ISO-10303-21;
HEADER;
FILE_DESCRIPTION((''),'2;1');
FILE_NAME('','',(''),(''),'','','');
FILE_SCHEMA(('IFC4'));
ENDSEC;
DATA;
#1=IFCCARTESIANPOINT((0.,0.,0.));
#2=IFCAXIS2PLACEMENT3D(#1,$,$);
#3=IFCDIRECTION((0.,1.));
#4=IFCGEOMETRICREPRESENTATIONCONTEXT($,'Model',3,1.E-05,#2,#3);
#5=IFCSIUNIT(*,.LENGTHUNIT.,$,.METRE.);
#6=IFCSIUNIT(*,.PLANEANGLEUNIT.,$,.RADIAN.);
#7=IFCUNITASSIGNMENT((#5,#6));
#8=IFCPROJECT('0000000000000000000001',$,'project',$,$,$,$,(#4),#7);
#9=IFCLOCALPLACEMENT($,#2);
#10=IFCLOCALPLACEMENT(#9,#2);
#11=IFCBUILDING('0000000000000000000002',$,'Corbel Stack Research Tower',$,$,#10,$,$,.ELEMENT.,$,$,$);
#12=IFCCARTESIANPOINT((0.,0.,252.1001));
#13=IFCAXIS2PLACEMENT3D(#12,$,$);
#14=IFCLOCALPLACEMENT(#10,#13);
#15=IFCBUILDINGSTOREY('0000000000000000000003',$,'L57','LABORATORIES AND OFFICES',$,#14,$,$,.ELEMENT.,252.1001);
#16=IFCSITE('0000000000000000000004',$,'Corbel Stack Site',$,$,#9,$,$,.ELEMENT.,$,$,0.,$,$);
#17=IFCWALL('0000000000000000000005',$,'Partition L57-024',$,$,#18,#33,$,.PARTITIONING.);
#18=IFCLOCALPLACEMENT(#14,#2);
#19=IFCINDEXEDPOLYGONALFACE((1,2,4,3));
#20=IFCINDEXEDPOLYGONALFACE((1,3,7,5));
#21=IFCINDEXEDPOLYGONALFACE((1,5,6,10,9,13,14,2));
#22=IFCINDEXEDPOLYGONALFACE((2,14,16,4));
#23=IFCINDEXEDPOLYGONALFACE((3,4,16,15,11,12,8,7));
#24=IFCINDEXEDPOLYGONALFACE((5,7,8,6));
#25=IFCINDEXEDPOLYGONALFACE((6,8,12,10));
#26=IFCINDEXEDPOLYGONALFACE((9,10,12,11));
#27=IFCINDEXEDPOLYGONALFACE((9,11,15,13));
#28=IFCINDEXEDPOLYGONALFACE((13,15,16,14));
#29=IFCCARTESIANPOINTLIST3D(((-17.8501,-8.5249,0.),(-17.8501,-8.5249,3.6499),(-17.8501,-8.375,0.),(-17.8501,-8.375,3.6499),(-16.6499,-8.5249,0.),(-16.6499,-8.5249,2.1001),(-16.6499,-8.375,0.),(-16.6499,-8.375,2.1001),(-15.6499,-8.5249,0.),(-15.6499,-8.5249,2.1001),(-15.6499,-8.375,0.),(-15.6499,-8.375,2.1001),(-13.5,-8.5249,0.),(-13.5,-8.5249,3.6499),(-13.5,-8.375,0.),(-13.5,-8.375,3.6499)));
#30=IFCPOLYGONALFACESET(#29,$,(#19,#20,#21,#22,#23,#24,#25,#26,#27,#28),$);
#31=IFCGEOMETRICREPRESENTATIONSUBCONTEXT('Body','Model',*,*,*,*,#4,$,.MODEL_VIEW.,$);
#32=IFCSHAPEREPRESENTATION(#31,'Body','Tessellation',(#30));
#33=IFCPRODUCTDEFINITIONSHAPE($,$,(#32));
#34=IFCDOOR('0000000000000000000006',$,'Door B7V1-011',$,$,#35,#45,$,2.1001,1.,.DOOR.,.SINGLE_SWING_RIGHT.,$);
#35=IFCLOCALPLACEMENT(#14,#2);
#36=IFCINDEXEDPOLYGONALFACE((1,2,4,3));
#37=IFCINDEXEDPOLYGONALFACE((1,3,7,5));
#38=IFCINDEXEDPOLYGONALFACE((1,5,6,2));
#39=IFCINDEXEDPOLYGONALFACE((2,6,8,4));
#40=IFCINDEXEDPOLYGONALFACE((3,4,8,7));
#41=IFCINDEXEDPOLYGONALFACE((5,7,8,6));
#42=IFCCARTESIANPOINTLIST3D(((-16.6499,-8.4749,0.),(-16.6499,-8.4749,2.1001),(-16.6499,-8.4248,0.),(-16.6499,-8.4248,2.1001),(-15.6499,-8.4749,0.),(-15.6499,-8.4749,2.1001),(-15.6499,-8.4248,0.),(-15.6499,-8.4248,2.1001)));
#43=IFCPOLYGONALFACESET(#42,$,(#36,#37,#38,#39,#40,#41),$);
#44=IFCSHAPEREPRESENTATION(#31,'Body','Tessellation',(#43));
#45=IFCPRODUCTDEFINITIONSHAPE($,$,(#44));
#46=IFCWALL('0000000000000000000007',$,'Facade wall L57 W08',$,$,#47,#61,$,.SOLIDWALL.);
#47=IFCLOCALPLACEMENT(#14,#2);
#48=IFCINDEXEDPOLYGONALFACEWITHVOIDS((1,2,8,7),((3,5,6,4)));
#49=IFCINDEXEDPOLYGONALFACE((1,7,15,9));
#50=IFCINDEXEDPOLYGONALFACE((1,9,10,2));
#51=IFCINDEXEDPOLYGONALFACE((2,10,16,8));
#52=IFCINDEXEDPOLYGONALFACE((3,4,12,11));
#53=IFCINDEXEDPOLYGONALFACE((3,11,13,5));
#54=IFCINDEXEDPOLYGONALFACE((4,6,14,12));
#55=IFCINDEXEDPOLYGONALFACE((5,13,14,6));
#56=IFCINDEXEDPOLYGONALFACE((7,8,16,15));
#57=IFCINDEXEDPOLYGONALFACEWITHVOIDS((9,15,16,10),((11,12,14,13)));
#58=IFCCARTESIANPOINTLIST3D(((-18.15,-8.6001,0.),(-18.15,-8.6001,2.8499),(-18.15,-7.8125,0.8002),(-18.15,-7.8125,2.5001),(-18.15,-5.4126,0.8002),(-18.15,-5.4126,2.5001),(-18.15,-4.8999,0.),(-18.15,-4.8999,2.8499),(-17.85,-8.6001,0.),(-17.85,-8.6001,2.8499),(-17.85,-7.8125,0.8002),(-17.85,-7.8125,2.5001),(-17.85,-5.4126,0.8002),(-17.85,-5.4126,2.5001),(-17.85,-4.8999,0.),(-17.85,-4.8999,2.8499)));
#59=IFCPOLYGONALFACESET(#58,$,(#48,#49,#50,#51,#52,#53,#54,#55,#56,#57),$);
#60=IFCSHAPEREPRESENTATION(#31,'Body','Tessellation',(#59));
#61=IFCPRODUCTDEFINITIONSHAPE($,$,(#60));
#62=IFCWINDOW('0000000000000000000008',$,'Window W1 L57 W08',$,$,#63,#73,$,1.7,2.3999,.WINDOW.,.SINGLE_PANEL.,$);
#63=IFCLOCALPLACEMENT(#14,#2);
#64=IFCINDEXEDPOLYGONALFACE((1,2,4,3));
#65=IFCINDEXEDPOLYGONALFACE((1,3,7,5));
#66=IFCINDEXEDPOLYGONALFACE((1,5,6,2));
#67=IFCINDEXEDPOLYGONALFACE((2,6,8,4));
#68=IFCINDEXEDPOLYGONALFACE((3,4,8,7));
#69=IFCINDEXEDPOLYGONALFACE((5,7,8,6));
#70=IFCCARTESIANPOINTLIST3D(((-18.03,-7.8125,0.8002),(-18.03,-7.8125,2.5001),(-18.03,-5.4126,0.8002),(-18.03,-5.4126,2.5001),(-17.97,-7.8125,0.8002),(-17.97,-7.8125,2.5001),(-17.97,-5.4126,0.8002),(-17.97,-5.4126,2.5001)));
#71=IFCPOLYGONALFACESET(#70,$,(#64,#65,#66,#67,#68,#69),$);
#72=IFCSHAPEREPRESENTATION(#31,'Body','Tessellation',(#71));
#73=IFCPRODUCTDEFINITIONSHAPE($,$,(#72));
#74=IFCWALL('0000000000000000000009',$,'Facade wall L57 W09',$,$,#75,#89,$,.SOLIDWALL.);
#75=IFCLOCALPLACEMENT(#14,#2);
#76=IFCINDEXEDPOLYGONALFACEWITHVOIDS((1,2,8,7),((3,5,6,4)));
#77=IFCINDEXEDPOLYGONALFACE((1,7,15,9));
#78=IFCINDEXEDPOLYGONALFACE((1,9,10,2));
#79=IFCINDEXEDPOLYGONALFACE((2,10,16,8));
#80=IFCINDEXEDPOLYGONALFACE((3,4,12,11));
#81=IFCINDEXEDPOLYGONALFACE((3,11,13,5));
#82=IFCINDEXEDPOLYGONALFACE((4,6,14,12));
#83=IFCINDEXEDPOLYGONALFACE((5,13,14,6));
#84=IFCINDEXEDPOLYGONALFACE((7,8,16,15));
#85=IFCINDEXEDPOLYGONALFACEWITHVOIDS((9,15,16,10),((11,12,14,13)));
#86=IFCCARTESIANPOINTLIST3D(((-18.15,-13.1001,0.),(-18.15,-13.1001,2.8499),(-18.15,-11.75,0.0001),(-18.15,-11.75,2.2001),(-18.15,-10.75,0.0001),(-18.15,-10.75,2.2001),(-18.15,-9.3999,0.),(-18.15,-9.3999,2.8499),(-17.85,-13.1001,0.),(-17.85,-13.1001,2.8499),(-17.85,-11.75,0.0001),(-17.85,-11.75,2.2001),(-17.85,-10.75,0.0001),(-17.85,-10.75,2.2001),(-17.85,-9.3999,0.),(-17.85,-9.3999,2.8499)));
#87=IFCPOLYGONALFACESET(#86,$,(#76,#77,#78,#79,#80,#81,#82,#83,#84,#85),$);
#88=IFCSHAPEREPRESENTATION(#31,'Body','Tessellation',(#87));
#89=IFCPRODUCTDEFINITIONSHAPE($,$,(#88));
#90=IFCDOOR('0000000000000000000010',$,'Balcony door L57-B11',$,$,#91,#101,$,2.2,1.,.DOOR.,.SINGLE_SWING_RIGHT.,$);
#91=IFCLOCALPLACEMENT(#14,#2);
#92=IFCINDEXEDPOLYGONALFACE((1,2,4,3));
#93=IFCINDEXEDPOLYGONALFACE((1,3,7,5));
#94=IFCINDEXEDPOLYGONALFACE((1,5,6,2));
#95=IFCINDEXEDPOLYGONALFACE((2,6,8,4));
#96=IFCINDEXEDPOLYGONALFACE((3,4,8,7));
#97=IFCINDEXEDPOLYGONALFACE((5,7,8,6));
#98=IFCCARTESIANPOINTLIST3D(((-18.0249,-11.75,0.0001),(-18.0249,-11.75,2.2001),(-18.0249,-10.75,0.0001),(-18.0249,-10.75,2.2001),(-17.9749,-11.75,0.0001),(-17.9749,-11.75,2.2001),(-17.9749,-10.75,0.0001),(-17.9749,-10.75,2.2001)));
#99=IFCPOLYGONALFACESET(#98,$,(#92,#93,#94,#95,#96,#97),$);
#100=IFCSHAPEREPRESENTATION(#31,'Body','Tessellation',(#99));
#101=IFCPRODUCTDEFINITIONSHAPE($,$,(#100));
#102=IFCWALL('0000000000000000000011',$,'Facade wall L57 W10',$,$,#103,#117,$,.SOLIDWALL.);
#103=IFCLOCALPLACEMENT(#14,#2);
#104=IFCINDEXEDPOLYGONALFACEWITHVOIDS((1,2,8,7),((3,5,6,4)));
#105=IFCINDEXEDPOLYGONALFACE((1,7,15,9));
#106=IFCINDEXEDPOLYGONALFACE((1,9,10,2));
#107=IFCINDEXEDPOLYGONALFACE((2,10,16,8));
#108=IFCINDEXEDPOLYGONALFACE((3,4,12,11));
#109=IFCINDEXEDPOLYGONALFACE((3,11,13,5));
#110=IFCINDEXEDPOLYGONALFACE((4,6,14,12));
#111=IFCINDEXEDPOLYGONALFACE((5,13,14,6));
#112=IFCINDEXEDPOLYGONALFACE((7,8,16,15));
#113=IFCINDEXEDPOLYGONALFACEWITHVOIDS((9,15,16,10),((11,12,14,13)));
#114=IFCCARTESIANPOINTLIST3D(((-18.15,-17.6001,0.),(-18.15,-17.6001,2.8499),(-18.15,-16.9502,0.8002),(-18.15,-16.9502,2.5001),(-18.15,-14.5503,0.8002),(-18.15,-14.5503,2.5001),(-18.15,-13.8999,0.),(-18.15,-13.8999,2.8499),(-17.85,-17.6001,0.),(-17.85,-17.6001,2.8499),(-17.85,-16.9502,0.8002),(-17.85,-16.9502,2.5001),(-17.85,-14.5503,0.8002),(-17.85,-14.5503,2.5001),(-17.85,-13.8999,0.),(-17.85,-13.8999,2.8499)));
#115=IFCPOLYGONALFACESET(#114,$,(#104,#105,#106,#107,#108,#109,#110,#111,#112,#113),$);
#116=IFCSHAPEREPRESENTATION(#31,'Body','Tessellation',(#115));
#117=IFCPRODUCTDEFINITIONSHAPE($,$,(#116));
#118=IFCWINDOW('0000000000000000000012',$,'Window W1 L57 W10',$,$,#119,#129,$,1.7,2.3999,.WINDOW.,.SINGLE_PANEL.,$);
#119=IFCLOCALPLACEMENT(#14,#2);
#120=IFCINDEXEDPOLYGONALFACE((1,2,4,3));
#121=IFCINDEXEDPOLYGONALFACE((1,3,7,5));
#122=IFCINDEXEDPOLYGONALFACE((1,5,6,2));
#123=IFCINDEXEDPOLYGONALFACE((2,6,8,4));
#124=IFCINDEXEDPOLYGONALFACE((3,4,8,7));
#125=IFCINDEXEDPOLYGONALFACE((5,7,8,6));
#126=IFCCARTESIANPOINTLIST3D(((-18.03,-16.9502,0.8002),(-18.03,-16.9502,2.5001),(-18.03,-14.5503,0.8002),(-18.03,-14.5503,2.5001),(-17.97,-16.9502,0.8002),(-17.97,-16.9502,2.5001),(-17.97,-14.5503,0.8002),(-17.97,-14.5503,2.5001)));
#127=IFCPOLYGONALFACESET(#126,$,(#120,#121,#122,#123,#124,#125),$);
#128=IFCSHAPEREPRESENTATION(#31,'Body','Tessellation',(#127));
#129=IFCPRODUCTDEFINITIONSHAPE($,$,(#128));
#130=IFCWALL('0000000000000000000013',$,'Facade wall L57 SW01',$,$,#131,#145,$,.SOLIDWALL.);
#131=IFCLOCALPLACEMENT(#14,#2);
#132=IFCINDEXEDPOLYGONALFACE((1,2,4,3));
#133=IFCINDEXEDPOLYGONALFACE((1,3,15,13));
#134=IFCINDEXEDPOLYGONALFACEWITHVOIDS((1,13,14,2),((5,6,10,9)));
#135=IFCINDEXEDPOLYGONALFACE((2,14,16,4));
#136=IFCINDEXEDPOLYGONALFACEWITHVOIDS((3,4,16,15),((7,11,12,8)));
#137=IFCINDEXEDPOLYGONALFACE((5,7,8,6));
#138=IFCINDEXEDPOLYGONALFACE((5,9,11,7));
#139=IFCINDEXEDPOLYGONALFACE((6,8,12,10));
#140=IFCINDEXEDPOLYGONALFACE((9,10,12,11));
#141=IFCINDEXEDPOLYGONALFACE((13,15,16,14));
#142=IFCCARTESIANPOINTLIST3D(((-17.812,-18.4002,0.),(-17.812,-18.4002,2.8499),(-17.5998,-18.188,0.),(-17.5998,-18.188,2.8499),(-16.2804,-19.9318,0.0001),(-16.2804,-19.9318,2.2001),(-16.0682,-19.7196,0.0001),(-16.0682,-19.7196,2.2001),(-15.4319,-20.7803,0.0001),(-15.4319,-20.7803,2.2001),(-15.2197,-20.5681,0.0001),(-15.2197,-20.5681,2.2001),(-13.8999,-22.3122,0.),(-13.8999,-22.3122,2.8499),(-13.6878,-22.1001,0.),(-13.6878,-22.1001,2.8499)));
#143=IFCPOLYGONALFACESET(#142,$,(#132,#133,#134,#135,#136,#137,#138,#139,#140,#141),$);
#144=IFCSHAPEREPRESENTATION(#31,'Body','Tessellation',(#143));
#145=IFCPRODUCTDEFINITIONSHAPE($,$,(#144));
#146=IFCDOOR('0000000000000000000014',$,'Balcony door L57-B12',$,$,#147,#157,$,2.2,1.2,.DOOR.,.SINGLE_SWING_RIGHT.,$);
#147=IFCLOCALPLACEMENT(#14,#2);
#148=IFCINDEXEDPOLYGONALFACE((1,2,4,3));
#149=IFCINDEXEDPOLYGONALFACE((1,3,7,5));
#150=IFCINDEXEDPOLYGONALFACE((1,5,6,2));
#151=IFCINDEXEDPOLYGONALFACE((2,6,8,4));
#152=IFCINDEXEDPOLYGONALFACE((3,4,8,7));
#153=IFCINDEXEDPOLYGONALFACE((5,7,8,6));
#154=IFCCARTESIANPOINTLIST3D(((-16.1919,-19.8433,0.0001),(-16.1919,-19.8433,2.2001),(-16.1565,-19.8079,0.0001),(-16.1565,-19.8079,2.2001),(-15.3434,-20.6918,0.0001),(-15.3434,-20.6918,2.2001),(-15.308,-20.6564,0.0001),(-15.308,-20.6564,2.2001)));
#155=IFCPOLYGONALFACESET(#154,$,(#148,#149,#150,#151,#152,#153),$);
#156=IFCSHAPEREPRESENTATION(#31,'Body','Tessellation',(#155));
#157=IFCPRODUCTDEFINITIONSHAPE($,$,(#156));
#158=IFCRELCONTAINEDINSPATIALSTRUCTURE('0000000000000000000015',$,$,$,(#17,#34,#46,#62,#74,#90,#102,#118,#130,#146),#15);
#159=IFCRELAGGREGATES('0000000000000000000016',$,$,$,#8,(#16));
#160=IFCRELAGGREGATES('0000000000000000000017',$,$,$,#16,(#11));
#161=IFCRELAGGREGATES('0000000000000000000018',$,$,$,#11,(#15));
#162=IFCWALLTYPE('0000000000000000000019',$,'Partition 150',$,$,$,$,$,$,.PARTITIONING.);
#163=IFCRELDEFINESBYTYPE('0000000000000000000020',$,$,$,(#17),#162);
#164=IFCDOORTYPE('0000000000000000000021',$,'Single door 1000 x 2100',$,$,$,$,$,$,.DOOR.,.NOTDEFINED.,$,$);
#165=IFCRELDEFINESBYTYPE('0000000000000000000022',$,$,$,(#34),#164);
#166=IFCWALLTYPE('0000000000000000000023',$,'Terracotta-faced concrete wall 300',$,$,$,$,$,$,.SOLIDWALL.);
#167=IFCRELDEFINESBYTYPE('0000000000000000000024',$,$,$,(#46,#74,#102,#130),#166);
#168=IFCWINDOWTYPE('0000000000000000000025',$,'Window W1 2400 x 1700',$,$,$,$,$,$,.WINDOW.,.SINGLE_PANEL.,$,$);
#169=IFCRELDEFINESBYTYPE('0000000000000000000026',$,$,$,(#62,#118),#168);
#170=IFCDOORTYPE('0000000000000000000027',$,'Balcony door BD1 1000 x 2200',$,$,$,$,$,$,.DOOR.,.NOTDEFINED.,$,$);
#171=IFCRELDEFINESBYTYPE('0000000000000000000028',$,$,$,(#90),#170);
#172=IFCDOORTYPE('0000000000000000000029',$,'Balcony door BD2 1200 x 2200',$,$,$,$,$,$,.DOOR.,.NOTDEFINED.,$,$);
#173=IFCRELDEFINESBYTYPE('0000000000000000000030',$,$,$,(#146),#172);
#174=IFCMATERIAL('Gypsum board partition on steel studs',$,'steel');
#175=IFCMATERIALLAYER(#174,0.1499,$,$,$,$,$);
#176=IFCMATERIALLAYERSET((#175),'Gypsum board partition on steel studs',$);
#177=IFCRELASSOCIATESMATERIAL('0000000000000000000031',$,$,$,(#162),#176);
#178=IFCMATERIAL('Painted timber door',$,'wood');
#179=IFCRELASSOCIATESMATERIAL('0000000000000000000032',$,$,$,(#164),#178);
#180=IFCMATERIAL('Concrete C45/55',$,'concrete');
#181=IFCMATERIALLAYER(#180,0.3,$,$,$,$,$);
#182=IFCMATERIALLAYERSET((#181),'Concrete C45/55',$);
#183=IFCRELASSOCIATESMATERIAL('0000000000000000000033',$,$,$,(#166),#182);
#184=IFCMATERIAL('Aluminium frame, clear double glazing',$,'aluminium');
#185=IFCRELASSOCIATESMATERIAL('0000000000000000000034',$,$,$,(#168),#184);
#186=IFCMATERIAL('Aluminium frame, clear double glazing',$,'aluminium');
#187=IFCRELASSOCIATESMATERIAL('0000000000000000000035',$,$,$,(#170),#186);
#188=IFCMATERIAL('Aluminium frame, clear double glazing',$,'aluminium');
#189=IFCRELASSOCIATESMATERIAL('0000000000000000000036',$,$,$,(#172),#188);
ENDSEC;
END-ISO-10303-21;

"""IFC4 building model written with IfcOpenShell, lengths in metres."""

from ifc_helpers import new_model, si_unit, direction, frame, frame_2d, origin, place, context, subcontext, project, spatial, rectangle, extrude, material, layer, layer_set, type_object, element, fill, save


model = new_model("IFC4")

# Units and contexts
model_context = context("Model", 3, precision=1e-05, world=origin(), true_north=direction((0.0, 1.0)))
body_context = subcontext(model_context, "Body", "Model", "MODEL_VIEW")
ifc_project = project(units=[si_unit("LENGTHUNIT", "METRE"), si_unit("PLANEANGLEUNIT", "RADIAN")], contexts=[model_context])

# Site, building, storey
site_placement = place(None, origin())
site = spatial("IfcSite", under=ifc_project, at=site_placement, Name="Corbel Stack Site", CompositionType="ELEMENT", RefElevation=0.0)
building_placement = place(site_placement, origin())
building = spatial("IfcBuilding", under=site, at=building_placement, Name="Corbel Stack Research Tower", CompositionType="ELEMENT")
storey_placement = place(building_placement, frame((0.0, 0.0, 252.1001)))
storey = spatial("IfcBuildingStorey", under=building, at=storey_placement, Name="L57", Description="LABORATORIES AND OFFICES", CompositionType="ELEMENT", Elevation=252.1001)

# Wall, opening, door
ifc_material_1 = material(Name="Gypsum board partition on steel studs", Category="steel")
ifc_layer_1 = layer(ifc_material_1, 0.1499)
ifc_layer_set_1 = layer_set([ifc_layer_1], Name="Gypsum board partition on steel studs")
wall_type_1 = type_object("IfcWallType", Name="Partition 150", PredefinedType="PARTITIONING", material=ifc_layer_set_1)
wall_1_placement = place(storey_placement, frame((-13.5, -8.45, 0.0), z_axis=(0.0, 0.0, 1.0), x_axis=(-1.0, 0.0, 0.0)))
wall_1 = element("IfcWall", 1, at=wall_1_placement, inside=storey, type_object=wall_type_1, Name="Partition L57-024", PredefinedType="PARTITIONING", context=body_context, shape_type="SweptSolid", body=[
    extrude(rectangle(XDim=4.3501, YDim=0.1499, at=frame_2d((2.175, 0.0))), origin(), (0.0, 0.0, 1.0), 3.6499),
])
opening_1_placement = place(wall_1_placement, frame((2.1499, 0.0, 0.0)))
opening_1 = element("IfcOpeningElement", 2, at=opening_1_placement, cuts=wall_1, PredefinedType="OPENING", context=body_context, shape_type="SweptSolid", body=[
    extrude(rectangle(XDim=1.0, YDim=2.1001, at=frame_2d((0.5, 1.05))), frame((0.0, 0.085, 0.0), z_axis=(0.0, -1.0, 0.0), x_axis=(1.0, 0.0, 0.0)), (0.0, 0.0, 1.0), 0.1699),
])
ifc_material_2 = material(Name="Painted timber door", Category="wood")
door_type_1 = type_object("IfcDoorType", Name="Single door 1000 x 2100", OperationType="NOTDEFINED", PredefinedType="DOOR", material=ifc_material_2)
door_1_placement = place(opening_1_placement, origin())
door_1 = element("IfcDoor", 3, at=door_1_placement, inside=storey, type_object=door_type_1, Name="Door B7V1-011", OperationType="SINGLE_SWING_RIGHT", OverallHeight=2.1001, OverallWidth=1.0, PredefinedType="DOOR", context=body_context, shape_type="SweptSolid", body=[
    extrude(rectangle(XDim=1.0, YDim=2.1001, at=frame_2d((0.5, 1.05))), frame((0.0, 0.0249, 0.0), z_axis=(0.0, -1.0, 0.0), x_axis=(1.0, 0.0, 0.0)), (0.0, 0.0, 1.0), 0.05),
])
fill(opening_1, door_1)

# Wall, opening, window
ifc_material_3 = material(Name="Concrete C45/55", Category="concrete")
ifc_layer_2 = layer(ifc_material_3, 0.3)
ifc_layer_set_2 = layer_set([ifc_layer_2], Name="Concrete C45/55")
wall_type_2 = type_object("IfcWallType", Name="Terracotta-faced concrete wall 300", PredefinedType="SOLIDWALL", material=ifc_layer_set_2)
wall_2_placement = place(storey_placement, frame((-18.0, -8.6001, 0.0), z_axis=(0.0, 0.0, 1.0), x_axis=(0.0, 1.0, 0.0)))
wall_2 = element("IfcWall", 4, at=wall_2_placement, inside=storey, type_object=wall_type_2, Name="Facade wall L57 W08", PredefinedType="SOLIDWALL", context=body_context, shape_type="SweptSolid", body=[
    extrude(rectangle(XDim=3.7002, YDim=0.3, at=frame_2d((1.8501, 0.0))), origin(), (0.0, 0.0, 1.0), 2.8499),
])
opening_2_placement = place(wall_2_placement, frame((0.7876, 0.0, 0.8)))
opening_2 = element("IfcOpeningElement", 5, at=opening_2_placement, cuts=wall_2, PredefinedType="OPENING", context=body_context, shape_type="SweptSolid", body=[
    extrude(rectangle(XDim=2.3999, YDim=1.7, at=frame_2d((1.2, 0.8501))), frame((0.0, 0.1599, 0.0), z_axis=(0.0, -1.0, 0.0), x_axis=(1.0, 0.0, 0.0)), (0.0, 0.0, 1.0), 0.3201),
])
ifc_material_4 = material(Name="Aluminium frame, clear double glazing", Category="aluminium")
window_type = type_object("IfcWindowType", Name="Window W1 2400 x 1700", PartitioningType="SINGLE_PANEL", PredefinedType="WINDOW", material=ifc_material_4)
window_1_placement = place(opening_2_placement, origin())
window_1 = element("IfcWindow", 6, at=window_1_placement, inside=storey, type_object=window_type, Name="Window W1 L57 W08", OverallHeight=1.7, OverallWidth=2.3999, PartitioningType="SINGLE_PANEL", PredefinedType="WINDOW", context=body_context, shape_type="SweptSolid", body=[
    extrude(rectangle(XDim=2.3999, YDim=1.7, at=frame_2d((1.2, 0.8501))), frame((0.0, 0.03, 0.0), z_axis=(0.0, -1.0, 0.0), x_axis=(1.0, 0.0, 0.0)), (0.0, 0.0, 1.0), 0.0601),
])
fill(opening_2, window_1)

# Wall, opening, door
wall_3_placement = place(storey_placement, frame((-18.0, -13.1001, 0.0), z_axis=(0.0, 0.0, 1.0), x_axis=(0.0, 1.0, 0.0)))
wall_3 = element("IfcWall", 7, at=wall_3_placement, inside=storey, type_object=wall_type_2, Name="Facade wall L57 W09", PredefinedType="SOLIDWALL", context=body_context, shape_type="SweptSolid", body=[
    extrude(rectangle(XDim=3.7002, YDim=0.3, at=frame_2d((1.8501, 0.0))), origin(), (0.0, 0.0, 1.0), 2.8499),
])
opening_3_placement = place(wall_3_placement, frame((1.3501, 0.0, 0.0)))
opening_3 = element("IfcOpeningElement", 8, at=opening_3_placement, cuts=wall_3, PredefinedType="OPENING", context=body_context, shape_type="SweptSolid", body=[
    extrude(rectangle(XDim=1.0, YDim=2.2, at=frame_2d((0.5, 1.1001))), frame((0.0, 0.1599, 0.0), z_axis=(0.0, -1.0, 0.0), x_axis=(1.0, 0.0, 0.0)), (0.0, 0.0, 1.0), 0.3201),
])
ifc_material_5 = material(Name="Aluminium frame, clear double glazing", Category="aluminium")
door_type_2 = type_object("IfcDoorType", Name="Balcony door BD1 1000 x 2200", OperationType="NOTDEFINED", PredefinedType="DOOR", material=ifc_material_5)
door_2_placement = place(opening_3_placement, origin())
door_2 = element("IfcDoor", 9, at=door_2_placement, inside=storey, type_object=door_type_2, Name="Balcony door L57-B11", OperationType="SINGLE_SWING_RIGHT", OverallHeight=2.2, OverallWidth=1.0, PredefinedType="DOOR", context=body_context, shape_type="SweptSolid", body=[
    extrude(rectangle(XDim=1.0, YDim=2.2, at=frame_2d((0.5, 1.1001))), frame((0.0, 0.0249, 0.0), z_axis=(0.0, -1.0, 0.0), x_axis=(1.0, 0.0, 0.0)), (0.0, 0.0, 1.0), 0.05),
])
fill(opening_3, door_2)

# Wall, opening, window
wall_4_placement = place(storey_placement, frame((-18.0, -17.6001, 0.0), z_axis=(0.0, 0.0, 1.0), x_axis=(0.0, 1.0, 0.0)))
wall_4 = element("IfcWall", 10, at=wall_4_placement, inside=storey, type_object=wall_type_2, Name="Facade wall L57 W10", PredefinedType="SOLIDWALL", context=body_context, shape_type="SweptSolid", body=[
    extrude(rectangle(XDim=3.7002, YDim=0.3, at=frame_2d((1.8501, 0.0))), origin(), (0.0, 0.0, 1.0), 2.8499),
])
opening_4_placement = place(wall_4_placement, frame((0.6499, 0.0, 0.8)))
opening_4 = element("IfcOpeningElement", 11, at=opening_4_placement, cuts=wall_4, PredefinedType="OPENING", context=body_context, shape_type="SweptSolid", body=[
    extrude(rectangle(XDim=2.3999, YDim=1.7, at=frame_2d((1.2, 0.8501))), frame((0.0, 0.1599, 0.0), z_axis=(0.0, -1.0, 0.0), x_axis=(1.0, 0.0, 0.0)), (0.0, 0.0, 1.0), 0.3201),
])
window_2_placement = place(opening_4_placement, origin())
window_2 = element("IfcWindow", 12, at=window_2_placement, inside=storey, type_object=window_type, Name="Window W1 L57 W10", OverallHeight=1.7, OverallWidth=2.3999, PartitioningType="SINGLE_PANEL", PredefinedType="WINDOW", context=body_context, shape_type="SweptSolid", body=[
    extrude(rectangle(XDim=2.3999, YDim=1.7, at=frame_2d((1.2, 0.8501))), frame((0.0, 0.03, 0.0), z_axis=(0.0, -1.0, 0.0), x_axis=(1.0, 0.0, 0.0)), (0.0, 0.0, 1.0), 0.0601),
])
fill(opening_4, window_2)

# Wall, opening, door
wall_5_placement = place(storey_placement, frame((-13.7939, -22.2061, 0.0), z_axis=(0.0, 0.0, 1.0), x_axis=(-0.707107, 0.707107, 0.0)))
wall_5 = element("IfcWall", 13, at=wall_5_placement, inside=storey, type_object=wall_type_2, Name="Facade wall L57 SW01", PredefinedType="SOLIDWALL", context=body_context, shape_type="SweptSolid", body=[
    extrude(rectangle(XDim=5.5325, YDim=0.3, at=frame_2d((2.7661, 0.0))), origin(), (0.0, 0.0, 1.0), 2.8499),
])
opening_5_placement = place(wall_5_placement, frame((2.1663, 0.0, 0.0)))
opening_5 = element("IfcOpeningElement", 14, at=opening_5_placement, cuts=wall_5, PredefinedType="OPENING", context=body_context, shape_type="SweptSolid", body=[
    extrude(rectangle(XDim=1.2, YDim=2.2, at=frame_2d((0.6001, 1.1001))), frame((0.0, 0.1599, 0.0), z_axis=(0.0, -1.0, 0.0), x_axis=(1.0, 0.0, 0.0)), (0.0, 0.0, 1.0), 0.3201),
])
ifc_material_6 = material(Name="Aluminium frame, clear double glazing", Category="aluminium")
door_type_3 = type_object("IfcDoorType", Name="Balcony door BD2 1200 x 2200", OperationType="NOTDEFINED", PredefinedType="DOOR", material=ifc_material_6)
door_3_placement = place(opening_5_placement, origin())
door_3 = element("IfcDoor", 15, at=door_3_placement, inside=storey, type_object=door_type_3, Name="Balcony door L57-B12", OperationType="SINGLE_SWING_RIGHT", OverallHeight=2.2, OverallWidth=1.2, PredefinedType="DOOR", context=body_context, shape_type="SweptSolid", body=[
    extrude(rectangle(XDim=1.2, YDim=2.2, at=frame_2d((0.6001, 1.1001))), frame((0.0, 0.0249, 0.0), z_axis=(0.0, -1.0, 0.0), x_axis=(1.0, 0.0, 0.0)), (0.0, 0.0, 1.0), 0.05),
])
fill(opening_5, door_3)

save(model, "model.ifc")
